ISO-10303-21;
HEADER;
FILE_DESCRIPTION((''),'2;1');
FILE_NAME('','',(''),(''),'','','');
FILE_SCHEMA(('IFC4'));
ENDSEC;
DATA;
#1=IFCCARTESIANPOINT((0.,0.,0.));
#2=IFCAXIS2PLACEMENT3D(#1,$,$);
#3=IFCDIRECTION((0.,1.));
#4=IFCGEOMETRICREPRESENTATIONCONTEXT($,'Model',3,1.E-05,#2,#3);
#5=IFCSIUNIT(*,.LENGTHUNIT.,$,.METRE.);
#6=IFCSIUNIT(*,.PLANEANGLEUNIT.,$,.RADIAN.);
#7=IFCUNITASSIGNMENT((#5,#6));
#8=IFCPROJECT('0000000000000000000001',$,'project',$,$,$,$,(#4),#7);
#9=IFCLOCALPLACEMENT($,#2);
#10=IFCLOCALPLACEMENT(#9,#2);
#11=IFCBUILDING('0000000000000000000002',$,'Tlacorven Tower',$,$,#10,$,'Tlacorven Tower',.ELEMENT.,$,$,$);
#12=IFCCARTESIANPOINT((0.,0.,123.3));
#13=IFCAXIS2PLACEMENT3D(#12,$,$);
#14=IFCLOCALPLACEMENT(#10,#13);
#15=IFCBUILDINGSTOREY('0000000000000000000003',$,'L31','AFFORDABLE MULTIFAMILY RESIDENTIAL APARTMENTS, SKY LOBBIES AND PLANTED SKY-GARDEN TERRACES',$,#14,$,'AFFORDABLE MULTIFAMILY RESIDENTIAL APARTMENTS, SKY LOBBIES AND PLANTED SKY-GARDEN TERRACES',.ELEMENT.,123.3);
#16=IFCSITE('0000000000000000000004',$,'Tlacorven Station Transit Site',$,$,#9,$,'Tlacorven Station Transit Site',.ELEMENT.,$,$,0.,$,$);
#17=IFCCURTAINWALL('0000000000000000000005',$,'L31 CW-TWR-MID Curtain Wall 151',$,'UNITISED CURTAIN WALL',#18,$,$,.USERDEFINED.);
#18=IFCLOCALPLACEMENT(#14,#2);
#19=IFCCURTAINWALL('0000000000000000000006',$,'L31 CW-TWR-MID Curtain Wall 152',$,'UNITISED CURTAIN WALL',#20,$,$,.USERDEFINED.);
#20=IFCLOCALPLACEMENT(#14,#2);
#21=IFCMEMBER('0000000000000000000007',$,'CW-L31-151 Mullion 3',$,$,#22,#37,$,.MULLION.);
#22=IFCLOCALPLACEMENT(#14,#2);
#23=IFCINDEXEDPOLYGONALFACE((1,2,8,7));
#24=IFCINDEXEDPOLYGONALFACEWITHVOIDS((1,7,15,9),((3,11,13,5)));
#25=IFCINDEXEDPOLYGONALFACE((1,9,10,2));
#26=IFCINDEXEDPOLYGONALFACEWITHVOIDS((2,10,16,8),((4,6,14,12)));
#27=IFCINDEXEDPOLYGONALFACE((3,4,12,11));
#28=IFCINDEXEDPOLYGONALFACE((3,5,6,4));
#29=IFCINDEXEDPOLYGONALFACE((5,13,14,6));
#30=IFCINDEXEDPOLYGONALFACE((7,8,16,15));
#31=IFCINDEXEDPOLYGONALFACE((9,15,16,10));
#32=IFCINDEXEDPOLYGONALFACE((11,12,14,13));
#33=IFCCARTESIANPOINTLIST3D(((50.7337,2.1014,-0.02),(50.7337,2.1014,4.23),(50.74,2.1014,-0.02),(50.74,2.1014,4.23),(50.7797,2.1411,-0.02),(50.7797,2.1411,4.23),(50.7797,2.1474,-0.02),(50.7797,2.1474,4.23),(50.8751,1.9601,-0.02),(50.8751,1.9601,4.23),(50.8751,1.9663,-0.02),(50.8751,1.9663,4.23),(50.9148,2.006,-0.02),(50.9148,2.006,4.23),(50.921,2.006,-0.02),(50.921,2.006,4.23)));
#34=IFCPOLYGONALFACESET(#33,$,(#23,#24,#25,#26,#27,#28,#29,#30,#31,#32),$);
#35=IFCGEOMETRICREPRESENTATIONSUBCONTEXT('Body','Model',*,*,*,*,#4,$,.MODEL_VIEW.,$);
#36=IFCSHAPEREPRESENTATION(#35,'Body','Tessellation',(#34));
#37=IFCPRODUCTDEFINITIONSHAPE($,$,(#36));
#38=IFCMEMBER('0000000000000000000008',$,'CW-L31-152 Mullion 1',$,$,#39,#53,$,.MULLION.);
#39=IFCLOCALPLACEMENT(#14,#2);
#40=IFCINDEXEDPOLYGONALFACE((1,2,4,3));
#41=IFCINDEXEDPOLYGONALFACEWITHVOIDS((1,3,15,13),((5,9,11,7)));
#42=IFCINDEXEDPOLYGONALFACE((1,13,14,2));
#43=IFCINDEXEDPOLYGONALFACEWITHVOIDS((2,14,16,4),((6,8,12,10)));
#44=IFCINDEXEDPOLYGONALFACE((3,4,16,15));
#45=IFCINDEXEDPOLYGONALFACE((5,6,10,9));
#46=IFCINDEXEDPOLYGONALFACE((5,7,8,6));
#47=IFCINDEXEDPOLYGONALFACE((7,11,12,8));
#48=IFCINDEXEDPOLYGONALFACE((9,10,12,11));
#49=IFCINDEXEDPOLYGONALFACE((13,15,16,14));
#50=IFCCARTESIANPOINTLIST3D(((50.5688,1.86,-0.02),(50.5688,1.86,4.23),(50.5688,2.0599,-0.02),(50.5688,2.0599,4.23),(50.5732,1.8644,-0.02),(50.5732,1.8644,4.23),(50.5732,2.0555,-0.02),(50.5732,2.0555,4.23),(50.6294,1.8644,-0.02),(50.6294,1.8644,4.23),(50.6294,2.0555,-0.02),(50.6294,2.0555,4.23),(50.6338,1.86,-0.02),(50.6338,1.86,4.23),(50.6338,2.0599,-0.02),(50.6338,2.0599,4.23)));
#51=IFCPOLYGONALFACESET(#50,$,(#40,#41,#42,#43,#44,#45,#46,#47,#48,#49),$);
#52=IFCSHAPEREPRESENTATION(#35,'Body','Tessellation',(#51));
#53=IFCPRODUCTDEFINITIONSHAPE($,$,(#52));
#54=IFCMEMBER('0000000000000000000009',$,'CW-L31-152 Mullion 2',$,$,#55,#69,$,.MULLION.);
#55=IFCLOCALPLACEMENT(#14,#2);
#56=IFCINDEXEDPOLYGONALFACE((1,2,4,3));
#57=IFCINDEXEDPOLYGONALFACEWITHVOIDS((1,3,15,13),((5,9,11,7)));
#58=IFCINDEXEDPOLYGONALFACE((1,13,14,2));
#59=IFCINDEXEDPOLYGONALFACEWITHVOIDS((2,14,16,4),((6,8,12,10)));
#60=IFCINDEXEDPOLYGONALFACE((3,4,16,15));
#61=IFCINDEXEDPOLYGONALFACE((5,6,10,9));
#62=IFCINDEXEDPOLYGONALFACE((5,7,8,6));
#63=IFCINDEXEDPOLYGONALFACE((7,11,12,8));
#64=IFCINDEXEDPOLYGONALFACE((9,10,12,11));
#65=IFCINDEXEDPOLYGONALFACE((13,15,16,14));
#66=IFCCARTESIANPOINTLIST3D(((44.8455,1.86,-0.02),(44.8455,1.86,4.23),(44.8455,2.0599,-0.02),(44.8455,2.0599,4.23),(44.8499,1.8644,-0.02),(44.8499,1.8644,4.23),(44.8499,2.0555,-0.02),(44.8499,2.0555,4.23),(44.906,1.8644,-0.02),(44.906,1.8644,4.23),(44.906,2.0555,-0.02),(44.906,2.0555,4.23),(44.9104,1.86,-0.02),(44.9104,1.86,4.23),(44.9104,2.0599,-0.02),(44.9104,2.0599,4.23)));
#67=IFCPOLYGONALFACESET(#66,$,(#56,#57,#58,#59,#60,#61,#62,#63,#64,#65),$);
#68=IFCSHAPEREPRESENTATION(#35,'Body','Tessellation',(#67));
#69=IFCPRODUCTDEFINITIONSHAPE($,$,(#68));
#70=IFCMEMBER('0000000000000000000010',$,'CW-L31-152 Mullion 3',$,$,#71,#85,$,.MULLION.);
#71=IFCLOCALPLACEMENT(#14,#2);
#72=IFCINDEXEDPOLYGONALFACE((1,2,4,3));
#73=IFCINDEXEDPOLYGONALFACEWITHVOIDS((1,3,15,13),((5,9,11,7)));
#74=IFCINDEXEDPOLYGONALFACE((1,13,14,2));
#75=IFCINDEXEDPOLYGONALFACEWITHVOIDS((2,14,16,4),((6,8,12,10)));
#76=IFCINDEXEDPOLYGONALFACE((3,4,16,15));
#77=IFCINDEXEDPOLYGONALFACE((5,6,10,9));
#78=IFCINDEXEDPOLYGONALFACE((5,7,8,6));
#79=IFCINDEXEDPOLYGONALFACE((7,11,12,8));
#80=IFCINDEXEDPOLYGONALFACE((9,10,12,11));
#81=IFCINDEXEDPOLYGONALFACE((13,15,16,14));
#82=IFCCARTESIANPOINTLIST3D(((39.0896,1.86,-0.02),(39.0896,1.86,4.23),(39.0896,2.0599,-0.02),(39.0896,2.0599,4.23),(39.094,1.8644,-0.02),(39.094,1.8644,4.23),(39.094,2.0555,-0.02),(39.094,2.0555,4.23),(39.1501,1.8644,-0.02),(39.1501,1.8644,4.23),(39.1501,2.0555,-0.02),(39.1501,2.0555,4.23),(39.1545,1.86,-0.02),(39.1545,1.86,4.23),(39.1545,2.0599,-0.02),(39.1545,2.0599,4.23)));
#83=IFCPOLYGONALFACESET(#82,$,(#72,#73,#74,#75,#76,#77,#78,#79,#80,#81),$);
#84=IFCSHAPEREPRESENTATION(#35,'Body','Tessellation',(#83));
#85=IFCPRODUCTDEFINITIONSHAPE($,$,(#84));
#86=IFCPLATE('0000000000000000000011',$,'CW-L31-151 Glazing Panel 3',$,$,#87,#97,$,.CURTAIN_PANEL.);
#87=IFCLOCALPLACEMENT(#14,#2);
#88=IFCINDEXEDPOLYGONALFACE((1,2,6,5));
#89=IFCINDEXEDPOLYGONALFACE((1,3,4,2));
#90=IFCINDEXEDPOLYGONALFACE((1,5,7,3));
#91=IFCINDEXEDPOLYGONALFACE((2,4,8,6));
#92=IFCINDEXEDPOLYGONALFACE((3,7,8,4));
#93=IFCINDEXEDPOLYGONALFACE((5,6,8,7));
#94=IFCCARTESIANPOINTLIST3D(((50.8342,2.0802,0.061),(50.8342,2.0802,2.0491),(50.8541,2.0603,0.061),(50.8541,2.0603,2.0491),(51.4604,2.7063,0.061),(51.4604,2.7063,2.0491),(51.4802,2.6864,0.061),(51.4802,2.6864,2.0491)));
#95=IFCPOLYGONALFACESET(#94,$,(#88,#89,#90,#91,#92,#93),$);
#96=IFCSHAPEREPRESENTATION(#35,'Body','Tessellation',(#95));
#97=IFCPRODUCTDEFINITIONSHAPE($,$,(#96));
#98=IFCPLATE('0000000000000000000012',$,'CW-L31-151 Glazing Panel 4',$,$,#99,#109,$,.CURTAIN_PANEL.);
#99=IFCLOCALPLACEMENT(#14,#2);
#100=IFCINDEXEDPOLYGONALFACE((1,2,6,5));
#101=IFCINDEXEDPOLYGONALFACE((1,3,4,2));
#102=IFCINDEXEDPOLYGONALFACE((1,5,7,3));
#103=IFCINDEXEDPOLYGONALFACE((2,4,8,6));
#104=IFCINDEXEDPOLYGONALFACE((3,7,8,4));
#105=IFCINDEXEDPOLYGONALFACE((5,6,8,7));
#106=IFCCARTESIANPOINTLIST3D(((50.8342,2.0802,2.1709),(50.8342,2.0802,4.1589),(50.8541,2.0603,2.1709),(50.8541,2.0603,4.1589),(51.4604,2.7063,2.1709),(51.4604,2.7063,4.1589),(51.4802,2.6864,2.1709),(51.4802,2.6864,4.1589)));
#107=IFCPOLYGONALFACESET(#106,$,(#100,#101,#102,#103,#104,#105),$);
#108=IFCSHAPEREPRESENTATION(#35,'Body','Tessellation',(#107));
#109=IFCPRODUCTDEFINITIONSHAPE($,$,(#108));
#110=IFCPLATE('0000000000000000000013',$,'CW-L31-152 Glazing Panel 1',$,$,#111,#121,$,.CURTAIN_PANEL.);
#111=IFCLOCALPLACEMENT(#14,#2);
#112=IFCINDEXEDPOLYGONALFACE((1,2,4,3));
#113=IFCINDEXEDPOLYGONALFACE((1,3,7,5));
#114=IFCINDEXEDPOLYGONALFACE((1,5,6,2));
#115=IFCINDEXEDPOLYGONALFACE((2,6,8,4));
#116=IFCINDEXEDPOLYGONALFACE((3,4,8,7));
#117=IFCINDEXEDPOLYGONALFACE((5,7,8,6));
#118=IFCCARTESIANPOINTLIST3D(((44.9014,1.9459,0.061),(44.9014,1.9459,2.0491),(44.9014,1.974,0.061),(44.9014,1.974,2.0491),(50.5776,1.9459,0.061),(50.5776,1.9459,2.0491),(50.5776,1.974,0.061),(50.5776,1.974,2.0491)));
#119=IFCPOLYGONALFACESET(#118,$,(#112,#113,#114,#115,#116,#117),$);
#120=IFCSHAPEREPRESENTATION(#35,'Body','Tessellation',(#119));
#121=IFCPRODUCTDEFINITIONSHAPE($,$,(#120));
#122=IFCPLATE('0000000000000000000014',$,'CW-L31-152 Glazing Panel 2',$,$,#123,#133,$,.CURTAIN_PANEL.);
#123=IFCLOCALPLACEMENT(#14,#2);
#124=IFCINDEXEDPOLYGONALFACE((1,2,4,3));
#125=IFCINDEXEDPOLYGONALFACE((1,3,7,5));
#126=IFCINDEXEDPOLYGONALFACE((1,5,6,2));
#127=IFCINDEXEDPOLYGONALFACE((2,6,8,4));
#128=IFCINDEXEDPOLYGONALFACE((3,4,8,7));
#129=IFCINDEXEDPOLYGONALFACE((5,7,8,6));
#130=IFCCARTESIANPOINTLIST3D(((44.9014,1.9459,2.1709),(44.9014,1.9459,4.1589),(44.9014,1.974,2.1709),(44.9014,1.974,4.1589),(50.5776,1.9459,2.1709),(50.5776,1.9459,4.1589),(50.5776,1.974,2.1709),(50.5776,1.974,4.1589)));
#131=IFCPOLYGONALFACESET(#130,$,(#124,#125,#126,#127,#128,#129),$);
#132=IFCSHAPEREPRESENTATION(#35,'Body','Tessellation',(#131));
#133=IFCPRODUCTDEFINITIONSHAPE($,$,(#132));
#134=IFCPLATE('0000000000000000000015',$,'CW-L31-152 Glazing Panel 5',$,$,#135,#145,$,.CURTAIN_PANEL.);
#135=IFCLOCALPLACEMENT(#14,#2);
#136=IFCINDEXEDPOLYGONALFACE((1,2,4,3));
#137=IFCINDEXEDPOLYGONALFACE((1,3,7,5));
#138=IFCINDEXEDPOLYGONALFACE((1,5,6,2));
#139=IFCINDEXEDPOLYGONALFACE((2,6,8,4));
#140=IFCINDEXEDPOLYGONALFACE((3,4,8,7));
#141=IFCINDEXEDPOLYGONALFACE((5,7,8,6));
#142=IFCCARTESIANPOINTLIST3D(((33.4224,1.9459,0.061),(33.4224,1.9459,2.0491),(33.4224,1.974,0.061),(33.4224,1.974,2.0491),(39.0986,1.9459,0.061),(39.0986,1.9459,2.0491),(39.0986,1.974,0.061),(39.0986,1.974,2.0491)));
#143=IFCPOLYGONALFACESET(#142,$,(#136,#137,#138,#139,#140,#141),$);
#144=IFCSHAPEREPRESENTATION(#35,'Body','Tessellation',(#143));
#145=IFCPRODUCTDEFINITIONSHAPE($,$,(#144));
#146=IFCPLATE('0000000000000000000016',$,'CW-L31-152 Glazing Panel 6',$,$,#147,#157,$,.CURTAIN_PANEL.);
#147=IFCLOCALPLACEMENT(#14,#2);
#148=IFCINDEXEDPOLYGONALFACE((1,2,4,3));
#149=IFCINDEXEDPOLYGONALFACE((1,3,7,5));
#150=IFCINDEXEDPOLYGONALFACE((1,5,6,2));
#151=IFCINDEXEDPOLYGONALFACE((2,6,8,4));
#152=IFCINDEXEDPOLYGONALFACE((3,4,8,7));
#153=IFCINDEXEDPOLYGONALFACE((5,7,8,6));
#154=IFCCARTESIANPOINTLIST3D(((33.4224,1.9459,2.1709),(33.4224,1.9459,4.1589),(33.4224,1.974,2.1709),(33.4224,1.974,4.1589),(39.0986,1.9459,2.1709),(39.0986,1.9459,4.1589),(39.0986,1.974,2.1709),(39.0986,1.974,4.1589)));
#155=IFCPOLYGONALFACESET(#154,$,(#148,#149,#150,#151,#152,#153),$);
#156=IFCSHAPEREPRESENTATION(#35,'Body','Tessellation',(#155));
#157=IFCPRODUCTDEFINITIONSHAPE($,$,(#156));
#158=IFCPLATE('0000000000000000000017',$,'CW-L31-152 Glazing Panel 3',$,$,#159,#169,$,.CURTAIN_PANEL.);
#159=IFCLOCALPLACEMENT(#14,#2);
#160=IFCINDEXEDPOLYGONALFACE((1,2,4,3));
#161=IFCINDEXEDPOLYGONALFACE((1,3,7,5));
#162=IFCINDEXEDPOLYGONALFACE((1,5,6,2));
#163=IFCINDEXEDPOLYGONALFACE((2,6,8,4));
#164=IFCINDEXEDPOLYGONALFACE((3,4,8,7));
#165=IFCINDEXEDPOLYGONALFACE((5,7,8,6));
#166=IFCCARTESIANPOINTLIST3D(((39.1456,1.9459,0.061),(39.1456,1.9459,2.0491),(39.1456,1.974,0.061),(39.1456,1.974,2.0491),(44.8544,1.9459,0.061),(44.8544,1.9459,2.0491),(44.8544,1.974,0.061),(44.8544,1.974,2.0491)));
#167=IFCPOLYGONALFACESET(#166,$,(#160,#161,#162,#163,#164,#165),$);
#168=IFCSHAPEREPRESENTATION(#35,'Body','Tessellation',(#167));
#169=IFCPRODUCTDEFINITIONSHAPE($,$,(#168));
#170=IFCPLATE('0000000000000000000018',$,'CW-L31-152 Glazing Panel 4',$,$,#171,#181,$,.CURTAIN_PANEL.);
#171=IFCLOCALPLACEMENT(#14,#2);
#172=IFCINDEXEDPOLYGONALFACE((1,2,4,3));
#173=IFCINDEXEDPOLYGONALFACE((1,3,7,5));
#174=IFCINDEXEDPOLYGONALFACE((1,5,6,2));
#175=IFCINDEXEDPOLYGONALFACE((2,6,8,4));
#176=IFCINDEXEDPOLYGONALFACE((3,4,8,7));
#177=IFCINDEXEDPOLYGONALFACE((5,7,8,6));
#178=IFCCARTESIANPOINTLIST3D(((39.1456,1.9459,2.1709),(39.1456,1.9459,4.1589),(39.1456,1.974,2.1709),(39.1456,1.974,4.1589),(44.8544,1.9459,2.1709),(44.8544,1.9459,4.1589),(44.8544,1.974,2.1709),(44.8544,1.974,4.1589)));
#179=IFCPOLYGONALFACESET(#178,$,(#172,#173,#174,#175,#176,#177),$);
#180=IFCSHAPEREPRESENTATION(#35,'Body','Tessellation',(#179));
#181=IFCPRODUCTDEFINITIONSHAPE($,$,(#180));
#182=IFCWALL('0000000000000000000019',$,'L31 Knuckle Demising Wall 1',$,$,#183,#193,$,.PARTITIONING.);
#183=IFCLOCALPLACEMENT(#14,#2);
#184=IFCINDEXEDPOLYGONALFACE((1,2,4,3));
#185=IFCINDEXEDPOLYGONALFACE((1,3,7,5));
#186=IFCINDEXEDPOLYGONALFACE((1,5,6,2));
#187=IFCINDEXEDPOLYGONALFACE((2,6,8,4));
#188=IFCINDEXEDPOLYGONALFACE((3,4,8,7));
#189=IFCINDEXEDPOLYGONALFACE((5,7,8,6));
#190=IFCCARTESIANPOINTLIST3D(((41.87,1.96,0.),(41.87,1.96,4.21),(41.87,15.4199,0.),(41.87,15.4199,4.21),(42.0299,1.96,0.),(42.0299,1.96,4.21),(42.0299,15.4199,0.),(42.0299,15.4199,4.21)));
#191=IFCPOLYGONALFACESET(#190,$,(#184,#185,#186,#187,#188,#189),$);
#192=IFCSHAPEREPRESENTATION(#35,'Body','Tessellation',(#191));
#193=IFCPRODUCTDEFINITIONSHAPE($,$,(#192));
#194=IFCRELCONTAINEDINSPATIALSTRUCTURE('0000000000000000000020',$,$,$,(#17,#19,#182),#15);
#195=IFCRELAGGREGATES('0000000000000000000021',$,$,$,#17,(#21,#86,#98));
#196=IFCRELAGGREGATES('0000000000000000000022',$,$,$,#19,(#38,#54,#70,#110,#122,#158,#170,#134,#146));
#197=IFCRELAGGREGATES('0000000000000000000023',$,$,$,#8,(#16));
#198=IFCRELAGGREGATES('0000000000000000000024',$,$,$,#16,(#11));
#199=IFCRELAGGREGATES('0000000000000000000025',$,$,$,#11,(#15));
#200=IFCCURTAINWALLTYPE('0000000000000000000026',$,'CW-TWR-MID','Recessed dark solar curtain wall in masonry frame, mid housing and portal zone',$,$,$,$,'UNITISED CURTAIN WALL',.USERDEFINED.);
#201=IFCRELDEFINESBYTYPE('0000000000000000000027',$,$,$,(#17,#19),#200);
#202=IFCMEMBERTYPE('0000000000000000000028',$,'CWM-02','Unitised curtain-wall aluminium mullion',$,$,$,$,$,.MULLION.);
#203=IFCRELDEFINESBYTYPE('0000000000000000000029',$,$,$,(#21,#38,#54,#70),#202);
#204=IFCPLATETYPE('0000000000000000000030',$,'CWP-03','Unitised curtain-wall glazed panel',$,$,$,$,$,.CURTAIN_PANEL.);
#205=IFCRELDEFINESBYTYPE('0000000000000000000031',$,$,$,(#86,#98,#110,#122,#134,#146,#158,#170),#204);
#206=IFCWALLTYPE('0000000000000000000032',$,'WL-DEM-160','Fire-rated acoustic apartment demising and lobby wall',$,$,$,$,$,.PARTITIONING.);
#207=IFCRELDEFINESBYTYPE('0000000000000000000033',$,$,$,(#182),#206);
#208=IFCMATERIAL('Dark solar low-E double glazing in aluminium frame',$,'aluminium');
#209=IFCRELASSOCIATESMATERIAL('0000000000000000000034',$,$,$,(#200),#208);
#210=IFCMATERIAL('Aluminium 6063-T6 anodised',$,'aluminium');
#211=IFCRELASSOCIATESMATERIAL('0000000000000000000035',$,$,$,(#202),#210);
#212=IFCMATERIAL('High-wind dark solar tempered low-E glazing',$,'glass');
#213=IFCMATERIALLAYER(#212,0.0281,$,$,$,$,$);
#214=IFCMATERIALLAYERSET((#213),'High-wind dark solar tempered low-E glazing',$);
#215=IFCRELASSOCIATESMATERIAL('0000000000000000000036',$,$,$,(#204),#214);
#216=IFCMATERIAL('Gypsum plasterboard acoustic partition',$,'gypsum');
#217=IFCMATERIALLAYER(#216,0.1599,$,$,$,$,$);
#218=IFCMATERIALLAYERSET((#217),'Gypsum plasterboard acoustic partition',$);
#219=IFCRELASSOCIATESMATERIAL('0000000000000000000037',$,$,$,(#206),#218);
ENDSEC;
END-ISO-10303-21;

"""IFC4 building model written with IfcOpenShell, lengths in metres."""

from ifc_helpers import new_model, si_unit, direction, frame, frame_2d, origin, origin_2d, place, context, subcontext, project, spatial, rectangle, hollow_rectangle, extrude, source, transform, mapped, material, layer, layer_set, material_profile, profile_set, type_object, element, aggregate, save


model = new_model("IFC4")

# Units and contexts
model_context = context("Model", 3, precision=1e-05, world=origin(), true_north=direction((0.0, 1.0)))
body_context = subcontext(model_context, "Body", "Model", "MODEL_VIEW")
ifc_project = project(units=[si_unit("LENGTHUNIT", "METRE"), si_unit("PLANEANGLEUNIT", "RADIAN")], contexts=[model_context])

# Site, building, storey
site_placement = place(None, origin())
site = spatial("IfcSite", under=ifc_project, at=site_placement, Name="Tlacorven Station Transit Site", LongName="Tlacorven Station Transit Site", CompositionType="ELEMENT", RefElevation=0.0)
building_placement = place(site_placement, origin())
building = spatial("IfcBuilding", under=site, at=building_placement, Name="Tlacorven Tower", LongName="Tlacorven Tower", CompositionType="ELEMENT")
storey_placement = place(building_placement, frame((0.0, 0.0, 123.3)))
storey = spatial("IfcBuildingStorey", under=building, at=storey_placement, Name="L31", Description="AFFORDABLE MULTIFAMILY RESIDENTIAL APARTMENTS, SKY LOBBIES AND PLANTED SKY-GARDEN TERRACES", LongName="AFFORDABLE MULTIFAMILY RESIDENTIAL APARTMENTS, SKY LOBBIES AND PLANTED SKY-GARDEN TERRACES", CompositionType="ELEMENT", Elevation=123.3)

# Curtain walls
ifc_material_1 = material(Name="Dark solar low-E double glazing in aluminium frame", Category="aluminium")
curtain_wall_type = type_object("IfcCurtainWallType", Name="CW-TWR-MID", Description="Recessed dark solar curtain wall in masonry frame, mid housing and portal zone", ElementType="UNITISED CURTAIN WALL", PredefinedType="USERDEFINED", material=ifc_material_1)
curtain_wall_1_placement = place(storey_placement, origin())
curtain_wall_1 = element("IfcCurtainWall", 1, at=curtain_wall_1_placement, inside=storey, type_object=curtain_wall_type, Name="L31 CW-TWR-MID Curtain Wall 151", ObjectType="UNITISED CURTAIN WALL", PredefinedType="USERDEFINED")
ifc_material_2 = material(Name="Aluminium 6063-T6 anodised", Category="aluminium")
curtain_wall_2_placement = place(storey_placement, origin())
curtain_wall_2 = element("IfcCurtainWall", 2, at=curtain_wall_2_placement, inside=storey, type_object=curtain_wall_type, Name="L31 CW-TWR-MID Curtain Wall 152", ObjectType="UNITISED CURTAIN WALL", PredefinedType="USERDEFINED")

# Members
ifc_material_profile_1 = material_profile(ifc_material_2, hollow_rectangle(XDim=0.0649, YDim=0.2, WallThickness=0.0044, at=origin_2d()), Name="ALU MULLION 65X200")
ifc_profile_set_1 = profile_set([ifc_material_profile_1], Name="Aluminium 6063-T6 anodised")
member_type_1 = type_object("IfcMemberType", Name="CWM-02", Description="Unitised curtain-wall aluminium mullion", PredefinedType="MULLION", material=ifc_profile_set_1)
shared_shape_1 = source(origin(), body_context, "Body", "SweptSolid", [
    extrude(hollow_rectangle(XDim=0.0649, YDim=0.2, WallThickness=0.0044, at=origin_2d()), origin(), (0.0, 0.0, 1.0), 4.25),
])
member_1_placement = place(storey_placement, frame((50.8274, 2.0537, -0.02), z_axis=(0.0, 0.0, 1.0), x_axis=(-0.707107, -0.707107, 0.0)))
member_1 = element("IfcMember", 3, at=member_1_placement, type_object=member_type_1, Name="CW-L31-151 Mullion 3", PredefinedType="MULLION", context=body_context, shape_type="MappedRepresentation", body=[
    mapped(shared_shape_1, transform((0.0, 0.0, 0.0), scale=1.0)),
])
member_2_placement = place(storey_placement, frame((50.6013, 1.96, -0.02), z_axis=(0.0, 0.0, 1.0), x_axis=(-1.0, 0.0, 0.0)))
member_2 = element("IfcMember", 4, at=member_2_placement, type_object=member_type_1, Name="CW-L31-152 Mullion 1", PredefinedType="MULLION", context=body_context, shape_type="MappedRepresentation", body=[
    mapped(shared_shape_1, transform((0.0, 0.0, 0.0), scale=1.0)),
])
member_3_placement = place(storey_placement, frame((44.8779, 1.96, -0.02), z_axis=(0.0, 0.0, 1.0), x_axis=(-1.0, 0.0, 0.0)))
member_3 = element("IfcMember", 5, at=member_3_placement, type_object=member_type_1, Name="CW-L31-152 Mullion 2", PredefinedType="MULLION", context=body_context, shape_type="MappedRepresentation", body=[
    mapped(shared_shape_1, transform((0.0, 0.0, 0.0), scale=1.0)),
])
member_4_placement = place(storey_placement, frame((39.1221, 1.96, -0.02), z_axis=(0.0, 0.0, 1.0), x_axis=(-1.0, 0.0, 0.0)))
member_4 = element("IfcMember", 6, at=member_4_placement, type_object=member_type_1, Name="CW-L31-152 Mullion 3", PredefinedType="MULLION", context=body_context, shape_type="MappedRepresentation", body=[
    mapped(shared_shape_1, transform((0.0, 0.0, 0.0), scale=1.0)),
])

# Plates
ifc_material_3 = material(Name="High-wind dark solar tempered low-E glazing", Category="glass")
ifc_layer_1 = layer(ifc_material_3, 0.0281)
ifc_layer_set_1 = layer_set([ifc_layer_1], Name="High-wind dark solar tempered low-E glazing")
plate_type = type_object("IfcPlateType", Name="CWP-03", Description="Unitised curtain-wall glazed panel", PredefinedType="CURTAIN_PANEL", material=ifc_layer_set_1)
shared_shape_2 = source(origin(), body_context, "Body", "SweptSolid", [
    extrude(rectangle(XDim=0.8855, YDim=0.0281, at=origin_2d()), origin(), (0.0, 0.0, 1.0), 1.988),
])
plate_1_placement = place(storey_placement, frame((51.1572, 2.3833, 0.061), z_axis=(0.0, 0.0, 1.0), x_axis=(-0.707107, -0.707107, 0.0)))
plate_1 = element("IfcPlate", 7, at=plate_1_placement, type_object=plate_type, Name="CW-L31-151 Glazing Panel 3", PredefinedType="CURTAIN_PANEL", context=body_context, shape_type="MappedRepresentation", body=[
    mapped(shared_shape_2, transform((0.0, 0.0, 0.0), scale=1.0)),
])
plate_2_placement = place(storey_placement, frame((51.1572, 2.3833, 2.1709), z_axis=(0.0, 0.0, 1.0), x_axis=(-0.707107, -0.707107, 0.0)))
plate_2 = element("IfcPlate", 8, at=plate_2_placement, type_object=plate_type, Name="CW-L31-151 Glazing Panel 4", PredefinedType="CURTAIN_PANEL", context=body_context, shape_type="MappedRepresentation", body=[
    mapped(shared_shape_2, transform((0.0, 0.0, 0.0), scale=1.0)),
])
aggregate(curtain_wall_1, [member_1, plate_1, plate_2])
shared_shape_3 = source(origin(), body_context, "Body", "SweptSolid", [
    extrude(rectangle(XDim=5.6763, YDim=0.0281, at=origin_2d()), origin(), (0.0, 0.0, 1.0), 1.988),
])
plate_3_placement = place(storey_placement, frame((47.7395, 1.96, 0.061), z_axis=(0.0, 0.0, 1.0), x_axis=(-1.0, 0.0, 0.0)))
plate_3 = element("IfcPlate", 9, at=plate_3_placement, type_object=plate_type, Name="CW-L31-152 Glazing Panel 1", PredefinedType="CURTAIN_PANEL", context=body_context, shape_type="MappedRepresentation", body=[
    mapped(shared_shape_3, transform((0.0, 0.0, 0.0), scale=1.0)),
])
plate_4_placement = place(storey_placement, frame((47.7395, 1.96, 2.1709), z_axis=(0.0, 0.0, 1.0), x_axis=(-1.0, 0.0, 0.0)))
plate_4 = element("IfcPlate", 10, at=plate_4_placement, type_object=plate_type, Name="CW-L31-152 Glazing Panel 2", PredefinedType="CURTAIN_PANEL", context=body_context, shape_type="MappedRepresentation", body=[
    mapped(shared_shape_3, transform((0.0, 0.0, 0.0), scale=1.0)),
])
plate_5_placement = place(storey_placement, frame((36.2605, 1.96, 0.061), z_axis=(0.0, 0.0, 1.0), x_axis=(-1.0, 0.0, 0.0)))
plate_5 = element("IfcPlate", 11, at=plate_5_placement, type_object=plate_type, Name="CW-L31-152 Glazing Panel 5", PredefinedType="CURTAIN_PANEL", context=body_context, shape_type="MappedRepresentation", body=[
    mapped(shared_shape_3, transform((0.0, 0.0, 0.0), scale=1.0)),
])
plate_6_placement = place(storey_placement, frame((36.2605, 1.96, 2.1709), z_axis=(0.0, 0.0, 1.0), x_axis=(-1.0, 0.0, 0.0)))
plate_6 = element("IfcPlate", 12, at=plate_6_placement, type_object=plate_type, Name="CW-L31-152 Glazing Panel 6", PredefinedType="CURTAIN_PANEL", context=body_context, shape_type="MappedRepresentation", body=[
    mapped(shared_shape_3, transform((0.0, 0.0, 0.0), scale=1.0)),
])
shared_shape_4 = source(origin(), body_context, "Body", "SweptSolid", [
    extrude(rectangle(XDim=5.7087, YDim=0.0281, at=origin_2d()), origin(), (0.0, 0.0, 1.0), 1.988),
])
plate_7_placement = place(storey_placement, frame((42.0, 1.96, 0.061), z_axis=(0.0, 0.0, 1.0), x_axis=(-1.0, 0.0, 0.0)))
plate_7 = element("IfcPlate", 13, at=plate_7_placement, type_object=plate_type, Name="CW-L31-152 Glazing Panel 3", PredefinedType="CURTAIN_PANEL", context=body_context, shape_type="MappedRepresentation", body=[
    mapped(shared_shape_4, transform((0.0, 0.0, 0.0), scale=1.0)),
])
plate_8_placement = place(storey_placement, frame((42.0, 1.96, 2.1709), z_axis=(0.0, 0.0, 1.0), x_axis=(-1.0, 0.0, 0.0)))
plate_8 = element("IfcPlate", 14, at=plate_8_placement, type_object=plate_type, Name="CW-L31-152 Glazing Panel 4", PredefinedType="CURTAIN_PANEL", context=body_context, shape_type="MappedRepresentation", body=[
    mapped(shared_shape_4, transform((0.0, 0.0, 0.0), scale=1.0)),
])
aggregate(curtain_wall_2, [member_2, member_3, member_4, plate_3, plate_4, plate_7, plate_8, plate_5, plate_6])

# Wall
ifc_material_4 = material(Name="Gypsum plasterboard acoustic partition", Category="gypsum")
ifc_layer_2 = layer(ifc_material_4, 0.1599)
ifc_layer_set_2 = layer_set([ifc_layer_2], Name="Gypsum plasterboard acoustic partition")
wall_type_1 = type_object("IfcWallType", Name="WL-DEM-160", Description="Fire-rated acoustic apartment demising and lobby wall", PredefinedType="PARTITIONING", material=ifc_layer_set_2)
wall_1_placement = place(storey_placement, frame((41.95, 1.96, 0.0), z_axis=(0.0, 0.0, 1.0), x_axis=(0.0, 1.0, 0.0)))
element("IfcWall", 15, at=wall_1_placement, inside=storey, type_object=wall_type_1, Name="L31 Knuckle Demising Wall 1", PredefinedType="PARTITIONING", context=body_context, shape_type="SweptSolid", body=[
    extrude(rectangle(XDim=13.46, YDim=0.1599, at=frame_2d((6.73, 0.0))), origin(), (0.0, 0.0, 1.0), 4.21),
])

save(model, "model.ifc")
